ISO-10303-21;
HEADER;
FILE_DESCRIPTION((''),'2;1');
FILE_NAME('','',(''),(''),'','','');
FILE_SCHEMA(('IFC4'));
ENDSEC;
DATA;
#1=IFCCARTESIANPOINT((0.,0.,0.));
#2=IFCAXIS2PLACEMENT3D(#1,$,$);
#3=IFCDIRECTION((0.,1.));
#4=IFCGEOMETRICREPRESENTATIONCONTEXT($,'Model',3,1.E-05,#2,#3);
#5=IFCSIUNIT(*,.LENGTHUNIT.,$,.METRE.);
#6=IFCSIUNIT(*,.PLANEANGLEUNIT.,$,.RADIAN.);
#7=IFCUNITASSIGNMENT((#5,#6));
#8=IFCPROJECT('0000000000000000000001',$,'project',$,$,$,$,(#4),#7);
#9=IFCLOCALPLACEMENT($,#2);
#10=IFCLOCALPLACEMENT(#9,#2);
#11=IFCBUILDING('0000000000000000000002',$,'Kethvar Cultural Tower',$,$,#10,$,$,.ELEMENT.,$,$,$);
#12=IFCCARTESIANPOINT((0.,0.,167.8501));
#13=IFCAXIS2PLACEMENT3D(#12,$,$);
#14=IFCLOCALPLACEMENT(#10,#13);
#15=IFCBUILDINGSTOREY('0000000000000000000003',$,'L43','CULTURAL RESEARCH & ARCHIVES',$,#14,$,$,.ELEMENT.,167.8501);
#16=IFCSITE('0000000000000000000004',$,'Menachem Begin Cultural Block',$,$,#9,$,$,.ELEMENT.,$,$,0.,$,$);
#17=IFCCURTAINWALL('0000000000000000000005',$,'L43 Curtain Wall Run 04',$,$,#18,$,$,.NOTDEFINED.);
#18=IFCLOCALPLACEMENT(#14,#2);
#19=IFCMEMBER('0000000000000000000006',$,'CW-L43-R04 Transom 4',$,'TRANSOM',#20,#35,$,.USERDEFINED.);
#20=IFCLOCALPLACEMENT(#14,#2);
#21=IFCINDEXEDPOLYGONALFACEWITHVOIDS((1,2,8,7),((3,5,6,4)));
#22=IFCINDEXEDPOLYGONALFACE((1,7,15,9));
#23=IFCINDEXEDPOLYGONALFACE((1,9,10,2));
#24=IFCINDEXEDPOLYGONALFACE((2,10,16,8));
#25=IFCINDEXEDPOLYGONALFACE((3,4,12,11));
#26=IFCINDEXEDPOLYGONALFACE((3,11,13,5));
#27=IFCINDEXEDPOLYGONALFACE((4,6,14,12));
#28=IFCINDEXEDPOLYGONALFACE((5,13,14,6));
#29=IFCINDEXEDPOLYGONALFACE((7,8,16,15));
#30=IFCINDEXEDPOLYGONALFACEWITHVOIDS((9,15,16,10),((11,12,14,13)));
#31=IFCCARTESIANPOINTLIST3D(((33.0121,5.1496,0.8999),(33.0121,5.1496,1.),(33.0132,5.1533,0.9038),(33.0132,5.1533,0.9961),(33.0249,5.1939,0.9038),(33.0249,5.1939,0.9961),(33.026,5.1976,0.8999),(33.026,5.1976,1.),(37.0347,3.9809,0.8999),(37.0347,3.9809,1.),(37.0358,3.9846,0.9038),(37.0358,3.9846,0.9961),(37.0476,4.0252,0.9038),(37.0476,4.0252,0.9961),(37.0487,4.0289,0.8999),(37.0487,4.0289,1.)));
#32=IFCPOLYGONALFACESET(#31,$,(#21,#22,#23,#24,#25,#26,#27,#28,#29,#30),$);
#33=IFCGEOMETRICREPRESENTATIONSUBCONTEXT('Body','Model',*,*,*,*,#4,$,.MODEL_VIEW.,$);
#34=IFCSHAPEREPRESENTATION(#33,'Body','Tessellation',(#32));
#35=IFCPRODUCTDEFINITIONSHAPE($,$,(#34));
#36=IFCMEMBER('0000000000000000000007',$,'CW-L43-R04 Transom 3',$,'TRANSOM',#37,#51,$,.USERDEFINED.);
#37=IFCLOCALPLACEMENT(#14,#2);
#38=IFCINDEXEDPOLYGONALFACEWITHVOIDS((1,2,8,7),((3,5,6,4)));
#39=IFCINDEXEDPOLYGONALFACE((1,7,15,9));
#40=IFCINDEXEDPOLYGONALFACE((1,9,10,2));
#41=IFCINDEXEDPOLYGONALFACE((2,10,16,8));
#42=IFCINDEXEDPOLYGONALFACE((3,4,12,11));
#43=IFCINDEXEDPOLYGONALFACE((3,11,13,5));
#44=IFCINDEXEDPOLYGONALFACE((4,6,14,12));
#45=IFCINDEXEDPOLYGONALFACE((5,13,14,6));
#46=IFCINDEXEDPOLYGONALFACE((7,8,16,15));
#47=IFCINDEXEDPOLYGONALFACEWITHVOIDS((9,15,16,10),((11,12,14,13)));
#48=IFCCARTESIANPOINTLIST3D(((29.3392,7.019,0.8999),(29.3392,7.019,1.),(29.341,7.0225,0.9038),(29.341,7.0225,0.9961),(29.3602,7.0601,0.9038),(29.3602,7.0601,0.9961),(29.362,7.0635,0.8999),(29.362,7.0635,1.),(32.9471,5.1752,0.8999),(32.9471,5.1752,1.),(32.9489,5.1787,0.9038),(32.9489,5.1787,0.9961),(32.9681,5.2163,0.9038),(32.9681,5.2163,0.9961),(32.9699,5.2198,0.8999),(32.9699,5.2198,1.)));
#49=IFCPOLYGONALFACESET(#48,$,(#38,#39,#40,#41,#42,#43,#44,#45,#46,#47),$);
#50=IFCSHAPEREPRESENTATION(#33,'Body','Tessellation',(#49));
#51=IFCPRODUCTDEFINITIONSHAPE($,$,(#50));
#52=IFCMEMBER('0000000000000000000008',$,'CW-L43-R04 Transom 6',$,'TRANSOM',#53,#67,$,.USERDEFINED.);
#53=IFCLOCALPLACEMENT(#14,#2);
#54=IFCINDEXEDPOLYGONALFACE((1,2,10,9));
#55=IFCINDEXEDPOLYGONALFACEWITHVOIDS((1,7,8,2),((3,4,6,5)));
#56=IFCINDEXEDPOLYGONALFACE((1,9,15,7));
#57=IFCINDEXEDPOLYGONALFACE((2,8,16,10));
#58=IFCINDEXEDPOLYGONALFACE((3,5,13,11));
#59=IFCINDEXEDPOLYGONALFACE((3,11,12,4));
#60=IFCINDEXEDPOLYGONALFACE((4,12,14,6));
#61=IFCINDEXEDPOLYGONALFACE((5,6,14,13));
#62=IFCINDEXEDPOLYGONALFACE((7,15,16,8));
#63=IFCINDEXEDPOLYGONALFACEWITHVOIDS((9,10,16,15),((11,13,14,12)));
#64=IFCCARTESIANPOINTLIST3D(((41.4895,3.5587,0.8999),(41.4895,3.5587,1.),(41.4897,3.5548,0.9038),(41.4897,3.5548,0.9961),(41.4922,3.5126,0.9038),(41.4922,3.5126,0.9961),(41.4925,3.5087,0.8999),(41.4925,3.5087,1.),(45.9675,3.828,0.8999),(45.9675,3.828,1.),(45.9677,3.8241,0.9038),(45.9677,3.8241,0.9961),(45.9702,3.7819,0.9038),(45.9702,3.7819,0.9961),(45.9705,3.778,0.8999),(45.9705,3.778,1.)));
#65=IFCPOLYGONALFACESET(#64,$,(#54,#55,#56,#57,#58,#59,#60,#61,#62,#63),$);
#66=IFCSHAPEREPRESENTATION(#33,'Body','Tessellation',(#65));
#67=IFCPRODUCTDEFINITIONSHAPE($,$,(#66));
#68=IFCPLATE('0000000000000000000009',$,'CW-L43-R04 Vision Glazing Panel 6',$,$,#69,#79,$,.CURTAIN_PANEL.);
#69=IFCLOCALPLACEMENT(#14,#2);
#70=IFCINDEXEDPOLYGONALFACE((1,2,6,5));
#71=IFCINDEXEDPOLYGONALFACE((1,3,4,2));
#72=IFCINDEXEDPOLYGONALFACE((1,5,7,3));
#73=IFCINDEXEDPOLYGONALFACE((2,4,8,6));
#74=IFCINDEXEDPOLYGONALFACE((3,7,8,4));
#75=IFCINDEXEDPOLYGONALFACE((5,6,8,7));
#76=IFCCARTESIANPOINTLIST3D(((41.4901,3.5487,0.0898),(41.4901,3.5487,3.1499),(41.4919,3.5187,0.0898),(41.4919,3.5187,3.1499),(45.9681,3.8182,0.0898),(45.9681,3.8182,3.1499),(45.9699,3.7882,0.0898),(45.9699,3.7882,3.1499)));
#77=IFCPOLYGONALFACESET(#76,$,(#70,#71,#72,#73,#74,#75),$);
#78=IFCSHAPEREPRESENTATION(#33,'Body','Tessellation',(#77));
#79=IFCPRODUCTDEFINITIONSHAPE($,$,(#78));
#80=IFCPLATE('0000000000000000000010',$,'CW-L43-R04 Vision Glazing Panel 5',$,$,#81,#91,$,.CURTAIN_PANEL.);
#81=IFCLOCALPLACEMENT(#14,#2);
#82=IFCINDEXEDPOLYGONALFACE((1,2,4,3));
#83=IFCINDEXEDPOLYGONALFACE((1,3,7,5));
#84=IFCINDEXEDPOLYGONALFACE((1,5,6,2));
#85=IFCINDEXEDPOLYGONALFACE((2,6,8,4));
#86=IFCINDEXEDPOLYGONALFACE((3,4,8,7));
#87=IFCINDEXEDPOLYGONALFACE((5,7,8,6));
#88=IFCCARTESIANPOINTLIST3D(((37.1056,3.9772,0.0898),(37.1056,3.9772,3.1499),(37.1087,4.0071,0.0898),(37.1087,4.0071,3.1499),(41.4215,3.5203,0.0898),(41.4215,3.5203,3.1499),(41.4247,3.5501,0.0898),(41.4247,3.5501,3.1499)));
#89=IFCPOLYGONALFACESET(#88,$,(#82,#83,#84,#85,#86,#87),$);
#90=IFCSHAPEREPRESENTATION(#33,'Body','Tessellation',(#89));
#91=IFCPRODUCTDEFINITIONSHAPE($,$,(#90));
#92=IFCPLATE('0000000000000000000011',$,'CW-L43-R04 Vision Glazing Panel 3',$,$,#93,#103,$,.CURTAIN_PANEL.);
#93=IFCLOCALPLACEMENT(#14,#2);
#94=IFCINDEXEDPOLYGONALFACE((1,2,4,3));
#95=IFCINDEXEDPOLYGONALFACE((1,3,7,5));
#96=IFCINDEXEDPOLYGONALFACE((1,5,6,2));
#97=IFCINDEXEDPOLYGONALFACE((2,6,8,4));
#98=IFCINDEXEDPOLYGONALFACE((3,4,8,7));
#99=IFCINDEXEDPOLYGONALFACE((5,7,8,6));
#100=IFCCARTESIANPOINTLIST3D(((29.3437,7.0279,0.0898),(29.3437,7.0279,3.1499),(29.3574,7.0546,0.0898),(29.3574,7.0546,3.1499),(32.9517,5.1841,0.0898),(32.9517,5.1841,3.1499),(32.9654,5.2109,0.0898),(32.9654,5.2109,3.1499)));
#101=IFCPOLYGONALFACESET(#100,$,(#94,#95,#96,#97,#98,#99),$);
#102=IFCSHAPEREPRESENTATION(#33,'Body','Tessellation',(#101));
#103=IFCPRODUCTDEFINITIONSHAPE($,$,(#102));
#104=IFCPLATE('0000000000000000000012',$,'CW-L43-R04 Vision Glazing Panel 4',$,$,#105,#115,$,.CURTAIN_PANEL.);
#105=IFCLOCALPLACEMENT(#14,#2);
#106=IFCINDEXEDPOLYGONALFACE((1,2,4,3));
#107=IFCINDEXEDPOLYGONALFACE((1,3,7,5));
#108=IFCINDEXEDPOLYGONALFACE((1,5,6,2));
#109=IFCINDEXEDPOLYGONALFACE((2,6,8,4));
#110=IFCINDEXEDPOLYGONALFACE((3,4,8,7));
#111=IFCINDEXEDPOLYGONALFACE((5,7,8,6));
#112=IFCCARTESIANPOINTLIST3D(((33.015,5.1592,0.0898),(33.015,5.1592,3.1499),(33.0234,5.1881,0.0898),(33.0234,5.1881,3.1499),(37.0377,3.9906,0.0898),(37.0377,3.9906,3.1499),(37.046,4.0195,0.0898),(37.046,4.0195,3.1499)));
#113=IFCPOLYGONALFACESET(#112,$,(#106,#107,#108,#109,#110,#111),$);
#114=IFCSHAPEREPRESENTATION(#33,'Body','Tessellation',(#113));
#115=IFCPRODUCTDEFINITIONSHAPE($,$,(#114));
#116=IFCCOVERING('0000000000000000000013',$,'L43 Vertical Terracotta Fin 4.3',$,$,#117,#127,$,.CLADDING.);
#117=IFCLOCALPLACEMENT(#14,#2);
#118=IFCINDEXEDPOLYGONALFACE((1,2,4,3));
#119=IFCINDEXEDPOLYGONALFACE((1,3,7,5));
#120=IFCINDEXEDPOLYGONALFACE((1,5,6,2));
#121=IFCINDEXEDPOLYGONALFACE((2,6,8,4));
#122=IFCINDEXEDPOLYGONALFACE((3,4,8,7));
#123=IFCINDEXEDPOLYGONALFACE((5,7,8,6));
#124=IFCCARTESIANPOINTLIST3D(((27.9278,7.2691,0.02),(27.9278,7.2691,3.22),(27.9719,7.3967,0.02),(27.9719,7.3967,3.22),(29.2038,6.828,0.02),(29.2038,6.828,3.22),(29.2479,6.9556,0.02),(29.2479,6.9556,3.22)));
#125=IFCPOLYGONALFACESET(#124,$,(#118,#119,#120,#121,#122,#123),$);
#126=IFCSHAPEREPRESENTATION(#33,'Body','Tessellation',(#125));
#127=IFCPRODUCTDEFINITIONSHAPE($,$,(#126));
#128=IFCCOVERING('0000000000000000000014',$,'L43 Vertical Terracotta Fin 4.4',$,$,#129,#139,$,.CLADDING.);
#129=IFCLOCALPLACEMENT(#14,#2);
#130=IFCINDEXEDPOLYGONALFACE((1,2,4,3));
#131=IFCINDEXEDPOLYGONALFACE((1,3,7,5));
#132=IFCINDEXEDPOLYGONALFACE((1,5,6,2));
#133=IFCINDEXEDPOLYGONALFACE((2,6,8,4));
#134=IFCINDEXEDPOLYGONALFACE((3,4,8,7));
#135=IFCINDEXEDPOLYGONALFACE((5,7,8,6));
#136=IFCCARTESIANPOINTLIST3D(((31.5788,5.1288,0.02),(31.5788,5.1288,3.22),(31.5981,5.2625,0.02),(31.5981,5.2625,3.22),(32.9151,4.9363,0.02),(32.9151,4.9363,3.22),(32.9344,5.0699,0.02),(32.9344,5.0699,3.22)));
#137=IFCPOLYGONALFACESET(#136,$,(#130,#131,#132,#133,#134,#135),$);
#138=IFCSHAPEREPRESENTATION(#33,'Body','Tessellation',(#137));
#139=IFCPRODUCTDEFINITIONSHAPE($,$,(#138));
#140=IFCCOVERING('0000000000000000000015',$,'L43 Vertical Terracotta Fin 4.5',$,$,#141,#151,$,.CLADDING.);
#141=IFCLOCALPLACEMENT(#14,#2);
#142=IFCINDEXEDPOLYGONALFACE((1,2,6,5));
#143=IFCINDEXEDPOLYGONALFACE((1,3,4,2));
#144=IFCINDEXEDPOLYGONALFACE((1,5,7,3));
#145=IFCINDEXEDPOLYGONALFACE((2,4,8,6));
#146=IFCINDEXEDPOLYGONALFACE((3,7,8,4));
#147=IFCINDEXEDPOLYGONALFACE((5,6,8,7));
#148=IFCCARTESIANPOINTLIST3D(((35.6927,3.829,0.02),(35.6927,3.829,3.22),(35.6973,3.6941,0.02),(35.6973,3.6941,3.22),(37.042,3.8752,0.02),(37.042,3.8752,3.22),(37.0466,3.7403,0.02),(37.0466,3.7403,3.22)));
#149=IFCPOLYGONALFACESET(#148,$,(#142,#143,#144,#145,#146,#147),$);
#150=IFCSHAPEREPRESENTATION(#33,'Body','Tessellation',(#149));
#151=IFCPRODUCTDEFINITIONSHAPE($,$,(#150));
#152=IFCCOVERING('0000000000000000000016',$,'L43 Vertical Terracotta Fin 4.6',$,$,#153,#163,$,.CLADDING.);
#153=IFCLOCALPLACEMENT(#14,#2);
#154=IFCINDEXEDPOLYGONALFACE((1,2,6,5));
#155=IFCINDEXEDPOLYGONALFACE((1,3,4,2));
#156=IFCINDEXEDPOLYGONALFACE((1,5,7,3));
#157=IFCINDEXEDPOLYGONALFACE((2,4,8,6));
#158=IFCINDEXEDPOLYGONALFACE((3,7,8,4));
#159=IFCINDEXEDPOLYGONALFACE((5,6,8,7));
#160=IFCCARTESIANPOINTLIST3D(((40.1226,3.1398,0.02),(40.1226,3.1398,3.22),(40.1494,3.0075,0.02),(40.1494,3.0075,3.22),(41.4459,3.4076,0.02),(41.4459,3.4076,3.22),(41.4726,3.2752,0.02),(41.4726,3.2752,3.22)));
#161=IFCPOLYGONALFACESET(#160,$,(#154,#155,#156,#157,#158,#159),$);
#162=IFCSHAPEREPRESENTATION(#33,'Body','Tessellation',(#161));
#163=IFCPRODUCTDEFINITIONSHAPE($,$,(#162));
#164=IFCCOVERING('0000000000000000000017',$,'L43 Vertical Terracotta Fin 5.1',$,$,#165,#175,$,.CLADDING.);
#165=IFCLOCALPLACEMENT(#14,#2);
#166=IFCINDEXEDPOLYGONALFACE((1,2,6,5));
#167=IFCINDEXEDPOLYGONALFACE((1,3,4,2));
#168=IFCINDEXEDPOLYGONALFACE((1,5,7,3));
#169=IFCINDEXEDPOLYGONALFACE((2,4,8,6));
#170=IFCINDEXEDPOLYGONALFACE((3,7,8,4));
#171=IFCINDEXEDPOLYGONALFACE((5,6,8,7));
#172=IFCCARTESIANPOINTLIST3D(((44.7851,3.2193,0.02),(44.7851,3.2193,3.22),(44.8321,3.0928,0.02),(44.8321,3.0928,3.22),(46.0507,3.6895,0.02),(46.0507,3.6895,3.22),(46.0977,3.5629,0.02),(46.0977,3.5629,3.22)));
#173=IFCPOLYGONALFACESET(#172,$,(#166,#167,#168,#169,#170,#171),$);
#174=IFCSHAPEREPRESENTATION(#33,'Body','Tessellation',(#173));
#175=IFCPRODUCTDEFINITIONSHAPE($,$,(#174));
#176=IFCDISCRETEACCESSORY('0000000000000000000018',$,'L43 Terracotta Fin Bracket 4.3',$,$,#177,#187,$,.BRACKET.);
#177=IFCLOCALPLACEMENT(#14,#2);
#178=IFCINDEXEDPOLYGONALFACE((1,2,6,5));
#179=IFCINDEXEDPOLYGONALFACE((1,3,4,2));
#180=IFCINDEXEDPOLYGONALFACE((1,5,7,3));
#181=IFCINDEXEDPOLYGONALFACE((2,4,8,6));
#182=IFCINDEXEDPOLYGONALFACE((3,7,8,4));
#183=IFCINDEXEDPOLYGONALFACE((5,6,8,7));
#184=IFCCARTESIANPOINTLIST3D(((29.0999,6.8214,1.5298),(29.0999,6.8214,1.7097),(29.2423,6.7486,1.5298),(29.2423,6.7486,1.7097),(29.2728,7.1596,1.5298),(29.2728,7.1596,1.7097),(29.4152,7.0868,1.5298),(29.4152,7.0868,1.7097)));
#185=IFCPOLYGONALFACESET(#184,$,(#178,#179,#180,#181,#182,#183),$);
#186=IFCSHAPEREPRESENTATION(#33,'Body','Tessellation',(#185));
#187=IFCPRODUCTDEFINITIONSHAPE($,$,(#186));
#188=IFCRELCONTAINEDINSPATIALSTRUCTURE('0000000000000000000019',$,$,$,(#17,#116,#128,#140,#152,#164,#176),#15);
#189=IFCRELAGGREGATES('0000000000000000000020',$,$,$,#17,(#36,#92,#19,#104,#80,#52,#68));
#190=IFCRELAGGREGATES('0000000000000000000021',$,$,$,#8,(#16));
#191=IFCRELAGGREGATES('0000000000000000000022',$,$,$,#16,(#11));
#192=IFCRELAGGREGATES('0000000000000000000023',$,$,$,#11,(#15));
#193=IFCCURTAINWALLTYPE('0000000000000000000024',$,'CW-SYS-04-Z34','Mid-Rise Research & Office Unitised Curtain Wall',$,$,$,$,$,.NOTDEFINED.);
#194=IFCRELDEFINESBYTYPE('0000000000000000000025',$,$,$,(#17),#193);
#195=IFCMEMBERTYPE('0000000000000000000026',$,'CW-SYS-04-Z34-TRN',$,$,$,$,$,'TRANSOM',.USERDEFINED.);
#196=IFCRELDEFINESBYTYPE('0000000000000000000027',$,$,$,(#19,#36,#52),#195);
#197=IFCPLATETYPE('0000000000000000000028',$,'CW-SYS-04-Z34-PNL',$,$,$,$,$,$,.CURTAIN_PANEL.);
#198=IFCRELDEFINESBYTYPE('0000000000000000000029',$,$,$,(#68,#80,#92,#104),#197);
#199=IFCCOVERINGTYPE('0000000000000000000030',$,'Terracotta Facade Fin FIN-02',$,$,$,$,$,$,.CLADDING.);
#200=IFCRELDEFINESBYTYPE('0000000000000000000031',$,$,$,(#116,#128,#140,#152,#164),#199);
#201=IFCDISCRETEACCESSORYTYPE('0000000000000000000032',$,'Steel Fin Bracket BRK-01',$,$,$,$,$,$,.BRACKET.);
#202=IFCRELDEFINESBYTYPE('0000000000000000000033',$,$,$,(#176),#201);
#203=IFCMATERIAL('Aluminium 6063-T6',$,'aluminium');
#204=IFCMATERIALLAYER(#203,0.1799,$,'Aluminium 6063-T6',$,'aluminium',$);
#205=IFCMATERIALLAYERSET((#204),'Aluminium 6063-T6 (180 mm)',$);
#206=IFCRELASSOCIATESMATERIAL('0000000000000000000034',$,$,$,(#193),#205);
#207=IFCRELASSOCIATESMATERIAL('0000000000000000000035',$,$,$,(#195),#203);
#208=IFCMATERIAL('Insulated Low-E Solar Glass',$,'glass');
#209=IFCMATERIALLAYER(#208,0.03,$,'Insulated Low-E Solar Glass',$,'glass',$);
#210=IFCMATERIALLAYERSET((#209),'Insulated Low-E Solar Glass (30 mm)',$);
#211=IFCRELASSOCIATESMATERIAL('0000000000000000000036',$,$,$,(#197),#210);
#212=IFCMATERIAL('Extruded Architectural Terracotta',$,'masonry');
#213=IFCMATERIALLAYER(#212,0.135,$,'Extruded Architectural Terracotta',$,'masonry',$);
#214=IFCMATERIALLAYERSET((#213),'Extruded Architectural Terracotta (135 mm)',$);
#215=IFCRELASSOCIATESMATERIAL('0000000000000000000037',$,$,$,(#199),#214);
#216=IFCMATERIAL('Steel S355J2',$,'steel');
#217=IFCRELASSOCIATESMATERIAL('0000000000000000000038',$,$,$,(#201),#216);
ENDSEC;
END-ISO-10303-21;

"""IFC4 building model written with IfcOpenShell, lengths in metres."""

from ifc_helpers import new_model, si_unit, direction, frame, origin, origin_2d, place, context, subcontext, project, spatial, rectangle, hollow_rectangle, extrude, source, transform, mapped, material, layer, layer_set, material_profile, profile_set, type_object, element, aggregate, save


model = new_model("IFC4")

# Units and contexts
model_context = context("Model", 3, precision=1e-05, world=origin(), true_north=direction((0.0, 1.0)))
body_context = subcontext(model_context, "Body", "Model", "MODEL_VIEW")
ifc_project = project(units=[si_unit("LENGTHUNIT", "METRE"), si_unit("PLANEANGLEUNIT", "RADIAN")], contexts=[model_context])

# Site, building, storey
site_placement = place(None, origin())
site = spatial("IfcSite", under=ifc_project, at=site_placement, Name="Menachem Begin Cultural Block", CompositionType="ELEMENT", RefElevation=0.0)
building_placement = place(site_placement, origin())
building = spatial("IfcBuilding", under=site, at=building_placement, Name="Kethvar Cultural Tower", CompositionType="ELEMENT")
storey_placement = place(building_placement, frame((0.0, 0.0, 167.8501)))
storey = spatial("IfcBuildingStorey", under=building, at=storey_placement, Name="L43", Description="CULTURAL RESEARCH & ARCHIVES", CompositionType="ELEMENT", Elevation=167.8501)

# Shared definitions
ifc_material_1 = material(Name="Steel S355J2", Category="steel")

# Curtain wall, members, plates
ifc_material_2 = material(Name="Aluminium 6063-T6", Category="aluminium")
ifc_layer_1 = layer(ifc_material_2, 0.1799, Name="Aluminium 6063-T6", Category="aluminium")
ifc_layer_set_1 = layer_set([ifc_layer_1], Name="Aluminium 6063-T6 (180 mm)")
curtain_wall_type = type_object("IfcCurtainWallType", Name="CW-SYS-04-Z34", Description="Mid-Rise Research & Office Unitised Curtain Wall", PredefinedType="NOTDEFINED", material=ifc_layer_set_1)
curtain_wall_placement = place(storey_placement, origin())
curtain_wall = element("IfcCurtainWall", 1, at=curtain_wall_placement, inside=storey, type_object=curtain_wall_type, Name="L43 Curtain Wall Run 04", PredefinedType="NOTDEFINED")
ifc_material_profile_1 = material_profile(ifc_material_2, hollow_rectangle(XDim=0.05, YDim=0.1001, WallThickness=0.0039, at=origin_2d()), Name="Aluminium 6063-T6 — RHS100x50x4")
ifc_profile_set_1 = profile_set([ifc_material_profile_1], Name="Aluminium 6063-T6 — RHS100x50x4")
member_type_1 = type_object("IfcMemberType", Name="CW-SYS-04-Z34-TRN", ElementType="TRANSOM", PredefinedType="USERDEFINED", material=ifc_profile_set_1)
shared_shape_1 = source(origin(), body_context, "Body", "SweptSolid", [
    extrude(hollow_rectangle(XDim=0.05, YDim=0.1001, WallThickness=0.0039, at=origin_2d()), origin(), (0.0, 0.0, 1.0), 4.189),
])
member_1_placement = place(storey_placement, frame((33.019, 5.1736, 0.95), z_axis=(0.960294, -0.278991, 0.0), x_axis=(0.278991, 0.960294, 0.0)))
member_1 = element("IfcMember", 2, at=member_1_placement, type_object=member_type_1, Name="CW-L43-R04 Transom 4", ObjectType="TRANSOM", PredefinedType="USERDEFINED", context=body_context, shape_type="MappedRepresentation", body=[
    mapped(shared_shape_1, transform((0.0, 0.0, 0.0), scale=1.0)),
])
shared_shape_2 = source(origin(), body_context, "Body", "SweptSolid", [
    extrude(hollow_rectangle(XDim=0.05, YDim=0.1001, WallThickness=0.0039, at=origin_2d()), origin(), (0.0, 0.0, 1.0), 4.0518),
])
member_2_placement = place(storey_placement, frame((29.3506, 7.0413, 0.95), z_axis=(0.890464, -0.455054, 0.0), x_axis=(0.455054, 0.890464, 0.0)))
member_2 = element("IfcMember", 3, at=member_2_placement, type_object=member_type_1, Name="CW-L43-R04 Transom 3", ObjectType="TRANSOM", PredefinedType="USERDEFINED", context=body_context, shape_type="MappedRepresentation", body=[
    mapped(shared_shape_2, transform((0.0, 0.0, 0.0), scale=1.0)),
])
shared_shape_3 = source(origin(), body_context, "Body", "SweptSolid", [
    extrude(hollow_rectangle(XDim=0.05, YDim=0.1001, WallThickness=0.0039, at=origin_2d()), origin(), (0.0, 0.0, 1.0), 4.4861),
])
member_3_placement = place(storey_placement, frame((41.491, 3.5337, 0.95), z_axis=(0.998197, 0.060027, 0.0), x_axis=(-0.060027, 0.998197, 0.0)))
member_3 = element("IfcMember", 4, at=member_3_placement, type_object=member_type_1, Name="CW-L43-R04 Transom 6", ObjectType="TRANSOM", PredefinedType="USERDEFINED", context=body_context, shape_type="MappedRepresentation", body=[
    mapped(shared_shape_3, transform((0.0, 0.0, 0.0), scale=1.0)),
])
ifc_material_3 = material(Name="Insulated Low-E Solar Glass", Category="glass")
ifc_layer_2 = layer(ifc_material_3, 0.03, Name="Insulated Low-E Solar Glass", Category="glass")
ifc_layer_set_2 = layer_set([ifc_layer_2], Name="Insulated Low-E Solar Glass (30 mm)")
plate_type = type_object("IfcPlateType", Name="CW-SYS-04-Z34-PNL", PredefinedType="CURTAIN_PANEL", material=ifc_layer_set_2)
shared_shape_4 = source(origin(), body_context, "Body", "SweptSolid", [
    extrude(rectangle(XDim=4.4861, YDim=0.03, at=origin_2d()), origin(), (0.0, 0.0, 1.0), 3.0601),
])
plate_1_placement = place(storey_placement, frame((43.73, 3.6685, 0.0898), z_axis=(0.0, 0.0, 1.0), x_axis=(0.998194, 0.060073, 0.0)))
plate_1 = element("IfcPlate", 5, at=plate_1_placement, type_object=plate_type, Name="CW-L43-R04 Vision Glazing Panel 6", PredefinedType="CURTAIN_PANEL", context=body_context, shape_type="MappedRepresentation", body=[
    mapped(shared_shape_4, transform((0.0, 0.0, 0.0), scale=1.0)),
])
shared_shape_5 = source(origin(), body_context, "Body", "SweptSolid", [
    extrude(rectangle(XDim=4.3401, YDim=0.03, at=origin_2d()), origin(), (0.0, 0.0, 1.0), 3.0601),
])
plate_2_placement = place(storey_placement, frame((39.2651, 3.7637, 0.0898), z_axis=(0.0, 0.0, 1.0), x_axis=(0.994441, -0.105292, 0.0)))
plate_2 = element("IfcPlate", 6, at=plate_2_placement, type_object=plate_type, Name="CW-L43-R04 Vision Glazing Panel 5", PredefinedType="CURTAIN_PANEL", context=body_context, shape_type="MappedRepresentation", body=[
    mapped(shared_shape_5, transform((0.0, 0.0, 0.0), scale=1.0)),
])
shared_shape_6 = source(origin(), body_context, "Body", "SweptSolid", [
    extrude(rectangle(XDim=4.0518, YDim=0.03, at=origin_2d()), origin(), (0.0, 0.0, 1.0), 3.0601),
])
plate_3_placement = place(storey_placement, frame((31.1545, 6.1194, 0.0898), z_axis=(0.0, 0.0, 1.0), x_axis=(0.890467, -0.455048, 0.0)))
plate_3 = element("IfcPlate", 7, at=plate_3_placement, type_object=plate_type, Name="CW-L43-R04 Vision Glazing Panel 3", PredefinedType="CURTAIN_PANEL", context=body_context, shape_type="MappedRepresentation", body=[
    mapped(shared_shape_6, transform((0.0, 0.0, 0.0), scale=1.0)),
])
shared_shape_7 = source(origin(), body_context, "Body", "SweptSolid", [
    extrude(rectangle(XDim=4.189, YDim=0.03, at=origin_2d()), origin(), (0.0, 0.0, 1.0), 3.0601),
])
plate_4_placement = place(storey_placement, frame((35.0305, 4.5894, 0.0898), z_axis=(0.0, 0.0, 1.0), x_axis=(0.960299, -0.278974, 0.0)))
plate_4 = element("IfcPlate", 8, at=plate_4_placement, type_object=plate_type, Name="CW-L43-R04 Vision Glazing Panel 4", PredefinedType="CURTAIN_PANEL", context=body_context, shape_type="MappedRepresentation", body=[
    mapped(shared_shape_7, transform((0.0, 0.0, 0.0), scale=1.0)),
])
aggregate(curtain_wall, [member_2, plate_3, member_1, plate_4, plate_2, member_3, plate_1])

# Coverings
ifc_material_4 = material(Name="Extruded Architectural Terracotta", Category="masonry")
ifc_layer_3 = layer(ifc_material_4, 0.135, Name="Extruded Architectural Terracotta", Category="masonry")
ifc_layer_set_3 = layer_set([ifc_layer_3], Name="Extruded Architectural Terracotta (135 mm)")
covering_type = type_object("IfcCoveringType", Name="Terracotta Facade Fin FIN-02", PredefinedType="CLADDING", material=ifc_layer_set_3)
shared_shape_8 = source(origin(), body_context, "Body", "SweptSolid", [
    extrude(rectangle(XDim=1.3501, YDim=0.135, at=origin_2d()), origin(), (0.0, 0.0, 1.0), 3.2),
])
for number, where, z_axis, x_axis, name in (
    (9, (28.5879, 7.1123, 0.02), (0.0, 0.0, 1.0), (-0.94512, 0.326723, 0.0), "L43 Vertical Terracotta Fin 4.3"),
    (10, (32.2566, 5.0994, 0.02), (0.0, 0.0, 1.0), (-0.989776, 0.142629, 0.0), "L43 Vertical Terracotta Fin 4.4"),
    (11, (36.3696, 3.7847, 0.02), (0.0, 0.0, 1.0), (-0.999415, -0.034202, 0.0), "L43 Vertical Terracotta Fin 4.5"),
    (12, (40.7976, 3.2075, 0.02), (0.0, 0.0, 1.0), (-0.980133, -0.198342, 0.0), "L43 Vertical Terracotta Fin 4.6"),
    (13, (45.4414, 3.3911, 0.02), (0.0, 0.0, 1.0), (-0.937404, -0.348245, 0.0), "L43 Vertical Terracotta Fin 5.1"),
):
    element("IfcCovering", number, at=place(storey_placement, frame(where, z_axis=z_axis, x_axis=x_axis)), inside=storey, type_object=covering_type, Name=name, PredefinedType="CLADDING", context=body_context, shape_type="MappedRepresentation", body=[
        mapped(shared_shape_8, transform((0.0, 0.0, 0.0), scale=1.0)),
    ])

# Discrete accessory
discrete_accessory_type = type_object("IfcDiscreteAccessoryType", Name="Steel Fin Bracket BRK-01", PredefinedType="BRACKET", material=ifc_material_1)
shared_shape_9 = source(origin(), body_context, "Body", "SweptSolid", [
    extrude(rectangle(XDim=0.3799, YDim=0.1599, at=origin_2d()), origin(), (0.0, 0.0, 1.0), 0.1799),
])
for number, where, z_axis, x_axis, name in (
    (14, (29.2576, 6.9541, 1.5298), (0.0, 0.0, 1.0), (-0.455079, -0.890451, 0.0), "L43 Terracotta Fin Bracket 4.3"),
):
    element("IfcDiscreteAccessory", number, at=place(storey_placement, frame(where, z_axis=z_axis, x_axis=x_axis)), inside=storey, type_object=discrete_accessory_type, Name=name, PredefinedType="BRACKET", context=body_context, shape_type="MappedRepresentation", body=[
        mapped(shared_shape_9, transform((0.0, 0.0, 0.0), scale=1.0)),
    ])

save(model, "model.ifc")
